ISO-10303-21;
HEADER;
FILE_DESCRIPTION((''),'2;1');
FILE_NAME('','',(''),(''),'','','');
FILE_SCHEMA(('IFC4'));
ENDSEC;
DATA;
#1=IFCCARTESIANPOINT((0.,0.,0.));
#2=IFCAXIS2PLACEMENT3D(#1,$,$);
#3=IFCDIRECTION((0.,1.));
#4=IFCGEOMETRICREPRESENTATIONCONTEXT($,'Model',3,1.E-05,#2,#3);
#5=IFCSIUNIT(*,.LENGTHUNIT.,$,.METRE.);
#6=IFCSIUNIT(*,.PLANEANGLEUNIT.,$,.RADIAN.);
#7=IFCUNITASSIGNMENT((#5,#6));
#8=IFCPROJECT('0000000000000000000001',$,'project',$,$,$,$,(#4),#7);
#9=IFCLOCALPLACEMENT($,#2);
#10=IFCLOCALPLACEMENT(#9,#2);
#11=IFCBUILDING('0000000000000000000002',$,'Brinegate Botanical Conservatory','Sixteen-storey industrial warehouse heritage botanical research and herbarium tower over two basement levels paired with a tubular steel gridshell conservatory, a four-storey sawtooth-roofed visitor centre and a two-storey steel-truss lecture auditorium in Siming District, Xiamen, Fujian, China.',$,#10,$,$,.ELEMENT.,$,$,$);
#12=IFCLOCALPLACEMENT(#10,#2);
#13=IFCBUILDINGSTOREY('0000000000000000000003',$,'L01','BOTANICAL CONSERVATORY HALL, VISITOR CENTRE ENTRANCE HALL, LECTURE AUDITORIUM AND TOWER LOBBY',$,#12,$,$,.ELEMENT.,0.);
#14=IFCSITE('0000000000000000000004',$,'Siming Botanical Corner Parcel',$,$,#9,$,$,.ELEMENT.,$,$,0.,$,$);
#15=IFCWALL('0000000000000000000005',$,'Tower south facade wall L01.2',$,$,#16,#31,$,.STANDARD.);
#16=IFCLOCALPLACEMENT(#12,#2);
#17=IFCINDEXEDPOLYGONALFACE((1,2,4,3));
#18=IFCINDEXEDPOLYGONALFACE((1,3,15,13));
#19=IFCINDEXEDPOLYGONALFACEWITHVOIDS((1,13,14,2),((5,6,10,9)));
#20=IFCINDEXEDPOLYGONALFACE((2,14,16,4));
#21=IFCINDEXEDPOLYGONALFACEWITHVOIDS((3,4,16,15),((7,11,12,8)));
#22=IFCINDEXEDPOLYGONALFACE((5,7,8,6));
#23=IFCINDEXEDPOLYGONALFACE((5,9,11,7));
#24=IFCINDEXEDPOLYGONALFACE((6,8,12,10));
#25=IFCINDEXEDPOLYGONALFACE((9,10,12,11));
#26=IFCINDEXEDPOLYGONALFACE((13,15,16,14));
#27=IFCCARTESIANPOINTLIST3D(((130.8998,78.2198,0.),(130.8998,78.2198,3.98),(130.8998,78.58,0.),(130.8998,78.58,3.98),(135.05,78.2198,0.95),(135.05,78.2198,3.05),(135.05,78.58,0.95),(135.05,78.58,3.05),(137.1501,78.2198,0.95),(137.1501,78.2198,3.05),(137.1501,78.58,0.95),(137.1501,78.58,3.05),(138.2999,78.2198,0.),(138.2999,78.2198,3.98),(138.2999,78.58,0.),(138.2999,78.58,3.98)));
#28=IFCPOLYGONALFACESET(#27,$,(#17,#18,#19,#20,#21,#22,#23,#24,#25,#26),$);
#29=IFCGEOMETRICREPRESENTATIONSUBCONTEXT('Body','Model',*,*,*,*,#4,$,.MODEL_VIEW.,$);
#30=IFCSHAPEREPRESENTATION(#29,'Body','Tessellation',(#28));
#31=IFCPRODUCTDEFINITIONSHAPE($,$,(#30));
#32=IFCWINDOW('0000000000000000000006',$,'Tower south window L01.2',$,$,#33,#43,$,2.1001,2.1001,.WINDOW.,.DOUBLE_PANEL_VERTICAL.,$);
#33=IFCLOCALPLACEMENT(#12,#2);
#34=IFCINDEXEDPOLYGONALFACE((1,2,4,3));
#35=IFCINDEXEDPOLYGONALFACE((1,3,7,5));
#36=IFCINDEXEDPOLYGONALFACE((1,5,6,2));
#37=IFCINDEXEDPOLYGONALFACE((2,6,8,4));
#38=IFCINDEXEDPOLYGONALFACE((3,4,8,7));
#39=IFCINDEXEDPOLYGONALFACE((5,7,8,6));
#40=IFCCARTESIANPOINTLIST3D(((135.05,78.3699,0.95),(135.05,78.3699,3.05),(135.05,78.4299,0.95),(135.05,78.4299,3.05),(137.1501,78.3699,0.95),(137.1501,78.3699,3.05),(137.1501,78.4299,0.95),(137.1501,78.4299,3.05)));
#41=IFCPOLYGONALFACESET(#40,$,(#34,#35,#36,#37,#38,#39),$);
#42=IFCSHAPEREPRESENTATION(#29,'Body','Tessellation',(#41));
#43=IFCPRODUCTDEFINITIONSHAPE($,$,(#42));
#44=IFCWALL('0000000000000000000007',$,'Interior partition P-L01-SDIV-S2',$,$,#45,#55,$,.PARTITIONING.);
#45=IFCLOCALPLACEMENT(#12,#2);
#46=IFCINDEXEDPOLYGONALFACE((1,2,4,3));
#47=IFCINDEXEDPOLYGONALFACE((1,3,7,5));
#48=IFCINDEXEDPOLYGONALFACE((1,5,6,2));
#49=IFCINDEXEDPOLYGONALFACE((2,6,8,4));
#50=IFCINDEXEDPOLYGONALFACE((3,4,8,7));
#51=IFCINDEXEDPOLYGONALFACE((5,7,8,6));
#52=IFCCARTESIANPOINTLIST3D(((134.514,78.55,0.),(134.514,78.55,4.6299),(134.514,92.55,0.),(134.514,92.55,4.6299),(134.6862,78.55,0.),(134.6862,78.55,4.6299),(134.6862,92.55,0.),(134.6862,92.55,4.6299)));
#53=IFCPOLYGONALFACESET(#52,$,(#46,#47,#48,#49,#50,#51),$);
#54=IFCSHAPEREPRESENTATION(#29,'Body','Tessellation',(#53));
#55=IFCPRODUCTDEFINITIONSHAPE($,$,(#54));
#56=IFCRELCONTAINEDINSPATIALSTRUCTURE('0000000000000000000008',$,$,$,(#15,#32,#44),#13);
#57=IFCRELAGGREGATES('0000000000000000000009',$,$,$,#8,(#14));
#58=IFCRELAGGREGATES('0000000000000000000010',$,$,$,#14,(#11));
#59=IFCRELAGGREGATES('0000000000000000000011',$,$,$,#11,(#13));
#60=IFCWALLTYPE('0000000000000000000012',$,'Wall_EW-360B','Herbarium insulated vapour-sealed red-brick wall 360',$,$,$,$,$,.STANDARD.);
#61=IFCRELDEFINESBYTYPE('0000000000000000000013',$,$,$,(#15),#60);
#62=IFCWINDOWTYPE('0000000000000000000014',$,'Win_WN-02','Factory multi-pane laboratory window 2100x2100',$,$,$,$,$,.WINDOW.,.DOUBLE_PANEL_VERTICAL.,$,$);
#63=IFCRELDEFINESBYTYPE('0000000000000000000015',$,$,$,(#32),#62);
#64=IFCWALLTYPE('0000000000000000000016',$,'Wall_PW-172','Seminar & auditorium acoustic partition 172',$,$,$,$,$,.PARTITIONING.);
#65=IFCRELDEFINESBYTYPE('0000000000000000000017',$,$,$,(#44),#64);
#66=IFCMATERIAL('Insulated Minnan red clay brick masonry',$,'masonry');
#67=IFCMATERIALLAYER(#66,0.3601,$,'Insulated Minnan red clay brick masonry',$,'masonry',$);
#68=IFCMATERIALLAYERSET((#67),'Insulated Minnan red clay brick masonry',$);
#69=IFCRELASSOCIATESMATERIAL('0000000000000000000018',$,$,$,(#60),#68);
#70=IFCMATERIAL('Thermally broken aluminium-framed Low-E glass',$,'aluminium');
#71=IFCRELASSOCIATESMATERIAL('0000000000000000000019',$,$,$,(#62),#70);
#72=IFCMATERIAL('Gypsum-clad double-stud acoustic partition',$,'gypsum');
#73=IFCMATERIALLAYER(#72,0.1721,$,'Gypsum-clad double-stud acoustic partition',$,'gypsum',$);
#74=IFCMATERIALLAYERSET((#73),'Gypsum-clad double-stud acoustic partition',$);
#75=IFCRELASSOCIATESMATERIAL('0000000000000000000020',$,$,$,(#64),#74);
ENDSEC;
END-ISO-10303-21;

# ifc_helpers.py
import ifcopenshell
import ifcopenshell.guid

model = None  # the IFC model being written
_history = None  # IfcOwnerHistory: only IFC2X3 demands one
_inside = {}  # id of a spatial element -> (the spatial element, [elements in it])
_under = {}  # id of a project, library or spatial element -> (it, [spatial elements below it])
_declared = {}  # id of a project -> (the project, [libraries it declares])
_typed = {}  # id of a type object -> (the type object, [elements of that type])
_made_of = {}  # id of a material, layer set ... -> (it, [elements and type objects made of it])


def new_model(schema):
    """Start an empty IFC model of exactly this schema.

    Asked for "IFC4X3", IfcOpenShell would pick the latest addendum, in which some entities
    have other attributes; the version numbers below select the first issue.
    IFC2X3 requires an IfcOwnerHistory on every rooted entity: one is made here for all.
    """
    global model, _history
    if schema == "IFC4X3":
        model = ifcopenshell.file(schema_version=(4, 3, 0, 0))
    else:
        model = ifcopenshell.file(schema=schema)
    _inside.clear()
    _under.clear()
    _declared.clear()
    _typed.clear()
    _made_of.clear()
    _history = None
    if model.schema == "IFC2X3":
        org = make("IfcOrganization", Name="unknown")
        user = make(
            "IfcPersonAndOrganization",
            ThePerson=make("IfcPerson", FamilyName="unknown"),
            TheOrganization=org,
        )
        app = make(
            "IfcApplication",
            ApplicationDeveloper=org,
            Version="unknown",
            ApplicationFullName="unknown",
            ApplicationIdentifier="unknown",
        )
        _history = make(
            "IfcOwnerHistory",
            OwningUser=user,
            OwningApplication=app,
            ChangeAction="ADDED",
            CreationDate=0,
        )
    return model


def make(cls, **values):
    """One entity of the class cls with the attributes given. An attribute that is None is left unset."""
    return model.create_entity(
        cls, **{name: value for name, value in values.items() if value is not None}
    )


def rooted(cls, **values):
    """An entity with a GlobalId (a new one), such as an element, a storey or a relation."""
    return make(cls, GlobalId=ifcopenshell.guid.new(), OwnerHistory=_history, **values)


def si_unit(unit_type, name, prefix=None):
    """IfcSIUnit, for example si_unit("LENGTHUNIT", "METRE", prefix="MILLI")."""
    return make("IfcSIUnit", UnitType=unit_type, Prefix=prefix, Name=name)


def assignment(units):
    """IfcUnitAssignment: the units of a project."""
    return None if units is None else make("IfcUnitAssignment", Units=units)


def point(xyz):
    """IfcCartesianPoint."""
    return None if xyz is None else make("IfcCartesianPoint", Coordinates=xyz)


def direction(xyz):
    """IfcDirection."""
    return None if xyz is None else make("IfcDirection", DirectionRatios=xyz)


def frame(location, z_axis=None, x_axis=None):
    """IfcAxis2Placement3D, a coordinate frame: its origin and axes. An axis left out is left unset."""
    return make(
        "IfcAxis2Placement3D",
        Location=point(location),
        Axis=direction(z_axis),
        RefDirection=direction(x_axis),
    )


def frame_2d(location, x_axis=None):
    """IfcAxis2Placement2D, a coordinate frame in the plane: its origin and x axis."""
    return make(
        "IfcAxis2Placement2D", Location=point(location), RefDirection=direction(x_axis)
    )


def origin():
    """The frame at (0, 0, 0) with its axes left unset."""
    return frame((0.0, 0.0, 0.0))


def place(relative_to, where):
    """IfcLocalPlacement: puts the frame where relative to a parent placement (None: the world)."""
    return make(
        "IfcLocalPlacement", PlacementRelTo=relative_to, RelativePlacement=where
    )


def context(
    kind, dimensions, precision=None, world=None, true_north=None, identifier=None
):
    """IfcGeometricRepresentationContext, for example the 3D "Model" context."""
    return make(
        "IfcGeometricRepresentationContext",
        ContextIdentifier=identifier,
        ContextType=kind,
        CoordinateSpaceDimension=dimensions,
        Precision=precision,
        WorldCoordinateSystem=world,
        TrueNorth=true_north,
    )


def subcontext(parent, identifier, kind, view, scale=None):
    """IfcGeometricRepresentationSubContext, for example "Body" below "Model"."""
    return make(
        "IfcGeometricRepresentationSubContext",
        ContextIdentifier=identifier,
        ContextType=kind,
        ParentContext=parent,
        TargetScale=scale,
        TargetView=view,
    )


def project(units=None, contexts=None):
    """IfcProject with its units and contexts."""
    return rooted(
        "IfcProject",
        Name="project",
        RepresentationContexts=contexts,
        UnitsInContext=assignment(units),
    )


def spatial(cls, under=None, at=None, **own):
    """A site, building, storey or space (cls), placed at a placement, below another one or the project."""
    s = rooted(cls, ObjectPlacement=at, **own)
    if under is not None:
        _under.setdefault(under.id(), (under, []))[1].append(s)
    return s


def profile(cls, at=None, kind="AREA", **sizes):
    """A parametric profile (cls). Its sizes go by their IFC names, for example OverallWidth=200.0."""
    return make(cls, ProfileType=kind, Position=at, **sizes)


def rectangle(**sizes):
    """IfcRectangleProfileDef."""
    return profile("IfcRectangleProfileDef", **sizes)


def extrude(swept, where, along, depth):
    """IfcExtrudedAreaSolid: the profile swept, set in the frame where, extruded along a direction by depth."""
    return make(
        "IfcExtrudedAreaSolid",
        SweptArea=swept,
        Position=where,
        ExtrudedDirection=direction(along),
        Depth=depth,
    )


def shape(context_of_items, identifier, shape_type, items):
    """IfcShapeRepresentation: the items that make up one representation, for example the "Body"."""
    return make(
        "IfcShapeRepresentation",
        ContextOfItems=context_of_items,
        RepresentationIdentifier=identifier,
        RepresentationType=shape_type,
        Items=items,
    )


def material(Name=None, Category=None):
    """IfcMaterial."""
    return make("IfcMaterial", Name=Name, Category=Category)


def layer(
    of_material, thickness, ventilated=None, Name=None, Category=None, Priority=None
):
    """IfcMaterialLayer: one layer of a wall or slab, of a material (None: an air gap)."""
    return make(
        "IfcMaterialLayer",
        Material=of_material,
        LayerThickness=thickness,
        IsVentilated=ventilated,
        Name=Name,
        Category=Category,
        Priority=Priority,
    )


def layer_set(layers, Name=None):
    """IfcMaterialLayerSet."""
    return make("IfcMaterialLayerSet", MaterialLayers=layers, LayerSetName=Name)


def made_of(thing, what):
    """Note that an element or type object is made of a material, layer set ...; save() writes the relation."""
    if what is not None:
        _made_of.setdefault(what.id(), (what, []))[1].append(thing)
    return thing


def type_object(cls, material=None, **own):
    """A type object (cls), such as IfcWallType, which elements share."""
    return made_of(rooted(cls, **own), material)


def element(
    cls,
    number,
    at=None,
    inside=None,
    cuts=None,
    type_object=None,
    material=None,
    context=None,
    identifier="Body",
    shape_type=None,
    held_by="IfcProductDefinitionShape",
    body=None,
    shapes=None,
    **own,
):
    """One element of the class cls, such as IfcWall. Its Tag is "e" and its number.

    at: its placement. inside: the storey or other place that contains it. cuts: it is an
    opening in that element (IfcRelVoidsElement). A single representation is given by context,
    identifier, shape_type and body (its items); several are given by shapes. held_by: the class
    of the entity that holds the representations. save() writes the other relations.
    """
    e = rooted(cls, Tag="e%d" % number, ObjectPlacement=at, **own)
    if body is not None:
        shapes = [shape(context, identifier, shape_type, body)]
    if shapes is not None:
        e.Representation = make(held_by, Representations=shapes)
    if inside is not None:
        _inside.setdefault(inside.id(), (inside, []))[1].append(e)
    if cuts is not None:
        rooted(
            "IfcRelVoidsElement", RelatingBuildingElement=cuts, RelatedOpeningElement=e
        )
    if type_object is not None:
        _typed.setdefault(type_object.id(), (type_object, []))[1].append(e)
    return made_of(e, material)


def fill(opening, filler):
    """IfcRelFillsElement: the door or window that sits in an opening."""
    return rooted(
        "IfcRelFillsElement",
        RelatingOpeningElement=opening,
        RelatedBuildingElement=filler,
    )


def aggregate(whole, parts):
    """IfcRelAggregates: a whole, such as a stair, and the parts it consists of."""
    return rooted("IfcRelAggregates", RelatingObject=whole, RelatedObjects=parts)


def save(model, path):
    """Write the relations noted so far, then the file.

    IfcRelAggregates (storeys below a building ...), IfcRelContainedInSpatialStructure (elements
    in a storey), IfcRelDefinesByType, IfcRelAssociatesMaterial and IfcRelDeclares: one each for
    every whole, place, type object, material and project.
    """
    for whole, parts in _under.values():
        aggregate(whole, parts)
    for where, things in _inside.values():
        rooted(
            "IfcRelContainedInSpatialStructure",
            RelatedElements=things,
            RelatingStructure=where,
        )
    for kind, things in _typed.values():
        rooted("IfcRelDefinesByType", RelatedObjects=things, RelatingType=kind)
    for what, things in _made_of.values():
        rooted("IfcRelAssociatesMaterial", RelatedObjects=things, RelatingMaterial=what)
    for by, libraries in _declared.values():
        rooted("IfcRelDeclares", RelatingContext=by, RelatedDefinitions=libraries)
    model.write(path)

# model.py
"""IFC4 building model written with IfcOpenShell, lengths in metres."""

from ifc_helpers import new_model, si_unit, direction, frame, frame_2d, origin, place, context, subcontext, project, spatial, rectangle, extrude, material, layer, layer_set, type_object, element, fill, save


model = new_model("IFC4")

# Units and contexts
model_context = context("Model", 3, precision=1e-05, world=origin(), true_north=direction((0.0, 1.0)))
body_context = subcontext(model_context, "Body", "Model", "MODEL_VIEW")
ifc_project = project(units=[si_unit("LENGTHUNIT", "METRE"), si_unit("PLANEANGLEUNIT", "RADIAN")], contexts=[model_context])

# Site, building, storey
site_placement = place(None, origin())
site = spatial("IfcSite", under=ifc_project, at=site_placement, Name="Siming Botanical Corner Parcel", CompositionType="ELEMENT", RefElevation=0.0)
building_placement = place(site_placement, origin())
building = spatial("IfcBuilding", under=site, at=building_placement, Name="Brinegate Botanical Conservatory", Description="Sixteen-storey industrial warehouse heritage botanical research and herbarium tower over two basement levels paired with a tubular steel gridshell conservatory, a four-storey sawtooth-roofed visitor centre and a two-storey steel-truss lecture auditorium in Siming District, Xiamen, Fujian, China.", CompositionType="ELEMENT")
storey_placement = place(building_placement, origin())
storey = spatial("IfcBuildingStorey", under=building, at=storey_placement, Name="L01", Description="BOTANICAL CONSERVATORY HALL, VISITOR CENTRE ENTRANCE HALL, LECTURE AUDITORIUM AND TOWER LOBBY", CompositionType="ELEMENT", Elevation=0.0)

# Shared definitions
ifc_material_1 = material(Name="Insulated Minnan red clay brick masonry", Category="masonry")

# Shared definitions
ifc_material_2 = material(Name="Thermally broken aluminium-framed Low-E glass", Category="aluminium")

# Wall, opening, window
ifc_layer_1 = layer(ifc_material_1, 0.3601, Name="Insulated Minnan red clay brick masonry", Category="masonry")
ifc_layer_set_1 = layer_set([ifc_layer_1], Name="Insulated Minnan red clay brick masonry")
wall_type_1 = type_object("IfcWallType", Name="Wall_EW-360B", Description="Herbarium insulated vapour-sealed red-brick wall 360", PredefinedType="STANDARD", material=ifc_layer_set_1)
window_type_1 = type_object("IfcWindowType", Name="Win_WN-02", Description="Factory multi-pane laboratory window 2100x2100", PartitioningType="DOUBLE_PANEL_VERTICAL", PredefinedType="WINDOW", material=ifc_material_2)
wall_1_placement = place(storey_placement, frame((138.3, 78.3999, 0.0), z_axis=(0.0, 0.0, 1.0), x_axis=(-1.0, 0.0, 0.0)))
wall_1 = element("IfcWall", 1, at=wall_1_placement, inside=storey, type_object=wall_type_1, Name="Tower south facade wall L01.2", PredefinedType="STANDARD", context=body_context, shape_type="SweptSolid", body=[
    extrude(rectangle(XDim=7.4001, YDim=0.3601, at=frame_2d((3.7002, 0.0))), origin(), (0.0, 0.0, 1.0), 3.98),
])
opening_1_placement = place(wall_1_placement, frame((1.1499, 0.0, 0.95)))
opening_1 = element("IfcOpeningElement", 2, at=opening_1_placement, cuts=wall_1, PredefinedType="OPENING", context=body_context, shape_type="SweptSolid", body=[
    extrude(rectangle(XDim=2.1001, YDim=2.1001, at=frame_2d((1.05, 1.05))), frame((0.0, 0.1899, 0.0), z_axis=(0.0, -1.0, 0.0), x_axis=(1.0, 0.0, 0.0)), (0.0, 0.0, 1.0), 0.3801),
])
window_1_placement = place(opening_1_placement, origin())
window_1 = element("IfcWindow", 3, at=window_1_placement, inside=storey, type_object=window_type_1, Name="Tower south window L01.2", OverallHeight=2.1001, OverallWidth=2.1001, PartitioningType="DOUBLE_PANEL_VERTICAL", PredefinedType="WINDOW", context=body_context, shape_type="SweptSolid", body=[
    extrude(rectangle(XDim=2.1001, YDim=2.1001, at=frame_2d((1.05, 1.05))), frame((0.0, 0.03, 0.0), z_axis=(0.0, -1.0, 0.0), x_axis=(1.0, 0.0, 0.0)), (0.0, 0.0, 1.0), 0.0601),
])
fill(opening_1, window_1)

# Wall
ifc_material_3 = material(Name="Gypsum-clad double-stud acoustic partition", Category="gypsum")
ifc_layer_2 = layer(ifc_material_3, 0.1721, Name="Gypsum-clad double-stud acoustic partition", Category="gypsum")
ifc_layer_set_2 = layer_set([ifc_layer_2], Name="Gypsum-clad double-stud acoustic partition")
wall_type_2 = type_object("IfcWallType", Name="Wall_PW-172", Description="Seminar & auditorium acoustic partition 172", PredefinedType="PARTITIONING", material=ifc_layer_set_2)
wall_2_placement = place(storey_placement, frame((134.6001, 78.55, 0.0), z_axis=(0.0, 0.0, 1.0), x_axis=(0.0, 1.0, 0.0)))
element("IfcWall", 4, at=wall_2_placement, inside=storey, type_object=wall_type_2, Name="Interior partition P-L01-SDIV-S2", PredefinedType="PARTITIONING", context=body_context, shape_type="SweptSolid", body=[
    extrude(rectangle(XDim=14.0, YDim=0.1721, at=frame_2d((7.0, 0.0))), origin(), (0.0, 0.0, 1.0), 4.6299),
])

save(model, "model.ifc")
